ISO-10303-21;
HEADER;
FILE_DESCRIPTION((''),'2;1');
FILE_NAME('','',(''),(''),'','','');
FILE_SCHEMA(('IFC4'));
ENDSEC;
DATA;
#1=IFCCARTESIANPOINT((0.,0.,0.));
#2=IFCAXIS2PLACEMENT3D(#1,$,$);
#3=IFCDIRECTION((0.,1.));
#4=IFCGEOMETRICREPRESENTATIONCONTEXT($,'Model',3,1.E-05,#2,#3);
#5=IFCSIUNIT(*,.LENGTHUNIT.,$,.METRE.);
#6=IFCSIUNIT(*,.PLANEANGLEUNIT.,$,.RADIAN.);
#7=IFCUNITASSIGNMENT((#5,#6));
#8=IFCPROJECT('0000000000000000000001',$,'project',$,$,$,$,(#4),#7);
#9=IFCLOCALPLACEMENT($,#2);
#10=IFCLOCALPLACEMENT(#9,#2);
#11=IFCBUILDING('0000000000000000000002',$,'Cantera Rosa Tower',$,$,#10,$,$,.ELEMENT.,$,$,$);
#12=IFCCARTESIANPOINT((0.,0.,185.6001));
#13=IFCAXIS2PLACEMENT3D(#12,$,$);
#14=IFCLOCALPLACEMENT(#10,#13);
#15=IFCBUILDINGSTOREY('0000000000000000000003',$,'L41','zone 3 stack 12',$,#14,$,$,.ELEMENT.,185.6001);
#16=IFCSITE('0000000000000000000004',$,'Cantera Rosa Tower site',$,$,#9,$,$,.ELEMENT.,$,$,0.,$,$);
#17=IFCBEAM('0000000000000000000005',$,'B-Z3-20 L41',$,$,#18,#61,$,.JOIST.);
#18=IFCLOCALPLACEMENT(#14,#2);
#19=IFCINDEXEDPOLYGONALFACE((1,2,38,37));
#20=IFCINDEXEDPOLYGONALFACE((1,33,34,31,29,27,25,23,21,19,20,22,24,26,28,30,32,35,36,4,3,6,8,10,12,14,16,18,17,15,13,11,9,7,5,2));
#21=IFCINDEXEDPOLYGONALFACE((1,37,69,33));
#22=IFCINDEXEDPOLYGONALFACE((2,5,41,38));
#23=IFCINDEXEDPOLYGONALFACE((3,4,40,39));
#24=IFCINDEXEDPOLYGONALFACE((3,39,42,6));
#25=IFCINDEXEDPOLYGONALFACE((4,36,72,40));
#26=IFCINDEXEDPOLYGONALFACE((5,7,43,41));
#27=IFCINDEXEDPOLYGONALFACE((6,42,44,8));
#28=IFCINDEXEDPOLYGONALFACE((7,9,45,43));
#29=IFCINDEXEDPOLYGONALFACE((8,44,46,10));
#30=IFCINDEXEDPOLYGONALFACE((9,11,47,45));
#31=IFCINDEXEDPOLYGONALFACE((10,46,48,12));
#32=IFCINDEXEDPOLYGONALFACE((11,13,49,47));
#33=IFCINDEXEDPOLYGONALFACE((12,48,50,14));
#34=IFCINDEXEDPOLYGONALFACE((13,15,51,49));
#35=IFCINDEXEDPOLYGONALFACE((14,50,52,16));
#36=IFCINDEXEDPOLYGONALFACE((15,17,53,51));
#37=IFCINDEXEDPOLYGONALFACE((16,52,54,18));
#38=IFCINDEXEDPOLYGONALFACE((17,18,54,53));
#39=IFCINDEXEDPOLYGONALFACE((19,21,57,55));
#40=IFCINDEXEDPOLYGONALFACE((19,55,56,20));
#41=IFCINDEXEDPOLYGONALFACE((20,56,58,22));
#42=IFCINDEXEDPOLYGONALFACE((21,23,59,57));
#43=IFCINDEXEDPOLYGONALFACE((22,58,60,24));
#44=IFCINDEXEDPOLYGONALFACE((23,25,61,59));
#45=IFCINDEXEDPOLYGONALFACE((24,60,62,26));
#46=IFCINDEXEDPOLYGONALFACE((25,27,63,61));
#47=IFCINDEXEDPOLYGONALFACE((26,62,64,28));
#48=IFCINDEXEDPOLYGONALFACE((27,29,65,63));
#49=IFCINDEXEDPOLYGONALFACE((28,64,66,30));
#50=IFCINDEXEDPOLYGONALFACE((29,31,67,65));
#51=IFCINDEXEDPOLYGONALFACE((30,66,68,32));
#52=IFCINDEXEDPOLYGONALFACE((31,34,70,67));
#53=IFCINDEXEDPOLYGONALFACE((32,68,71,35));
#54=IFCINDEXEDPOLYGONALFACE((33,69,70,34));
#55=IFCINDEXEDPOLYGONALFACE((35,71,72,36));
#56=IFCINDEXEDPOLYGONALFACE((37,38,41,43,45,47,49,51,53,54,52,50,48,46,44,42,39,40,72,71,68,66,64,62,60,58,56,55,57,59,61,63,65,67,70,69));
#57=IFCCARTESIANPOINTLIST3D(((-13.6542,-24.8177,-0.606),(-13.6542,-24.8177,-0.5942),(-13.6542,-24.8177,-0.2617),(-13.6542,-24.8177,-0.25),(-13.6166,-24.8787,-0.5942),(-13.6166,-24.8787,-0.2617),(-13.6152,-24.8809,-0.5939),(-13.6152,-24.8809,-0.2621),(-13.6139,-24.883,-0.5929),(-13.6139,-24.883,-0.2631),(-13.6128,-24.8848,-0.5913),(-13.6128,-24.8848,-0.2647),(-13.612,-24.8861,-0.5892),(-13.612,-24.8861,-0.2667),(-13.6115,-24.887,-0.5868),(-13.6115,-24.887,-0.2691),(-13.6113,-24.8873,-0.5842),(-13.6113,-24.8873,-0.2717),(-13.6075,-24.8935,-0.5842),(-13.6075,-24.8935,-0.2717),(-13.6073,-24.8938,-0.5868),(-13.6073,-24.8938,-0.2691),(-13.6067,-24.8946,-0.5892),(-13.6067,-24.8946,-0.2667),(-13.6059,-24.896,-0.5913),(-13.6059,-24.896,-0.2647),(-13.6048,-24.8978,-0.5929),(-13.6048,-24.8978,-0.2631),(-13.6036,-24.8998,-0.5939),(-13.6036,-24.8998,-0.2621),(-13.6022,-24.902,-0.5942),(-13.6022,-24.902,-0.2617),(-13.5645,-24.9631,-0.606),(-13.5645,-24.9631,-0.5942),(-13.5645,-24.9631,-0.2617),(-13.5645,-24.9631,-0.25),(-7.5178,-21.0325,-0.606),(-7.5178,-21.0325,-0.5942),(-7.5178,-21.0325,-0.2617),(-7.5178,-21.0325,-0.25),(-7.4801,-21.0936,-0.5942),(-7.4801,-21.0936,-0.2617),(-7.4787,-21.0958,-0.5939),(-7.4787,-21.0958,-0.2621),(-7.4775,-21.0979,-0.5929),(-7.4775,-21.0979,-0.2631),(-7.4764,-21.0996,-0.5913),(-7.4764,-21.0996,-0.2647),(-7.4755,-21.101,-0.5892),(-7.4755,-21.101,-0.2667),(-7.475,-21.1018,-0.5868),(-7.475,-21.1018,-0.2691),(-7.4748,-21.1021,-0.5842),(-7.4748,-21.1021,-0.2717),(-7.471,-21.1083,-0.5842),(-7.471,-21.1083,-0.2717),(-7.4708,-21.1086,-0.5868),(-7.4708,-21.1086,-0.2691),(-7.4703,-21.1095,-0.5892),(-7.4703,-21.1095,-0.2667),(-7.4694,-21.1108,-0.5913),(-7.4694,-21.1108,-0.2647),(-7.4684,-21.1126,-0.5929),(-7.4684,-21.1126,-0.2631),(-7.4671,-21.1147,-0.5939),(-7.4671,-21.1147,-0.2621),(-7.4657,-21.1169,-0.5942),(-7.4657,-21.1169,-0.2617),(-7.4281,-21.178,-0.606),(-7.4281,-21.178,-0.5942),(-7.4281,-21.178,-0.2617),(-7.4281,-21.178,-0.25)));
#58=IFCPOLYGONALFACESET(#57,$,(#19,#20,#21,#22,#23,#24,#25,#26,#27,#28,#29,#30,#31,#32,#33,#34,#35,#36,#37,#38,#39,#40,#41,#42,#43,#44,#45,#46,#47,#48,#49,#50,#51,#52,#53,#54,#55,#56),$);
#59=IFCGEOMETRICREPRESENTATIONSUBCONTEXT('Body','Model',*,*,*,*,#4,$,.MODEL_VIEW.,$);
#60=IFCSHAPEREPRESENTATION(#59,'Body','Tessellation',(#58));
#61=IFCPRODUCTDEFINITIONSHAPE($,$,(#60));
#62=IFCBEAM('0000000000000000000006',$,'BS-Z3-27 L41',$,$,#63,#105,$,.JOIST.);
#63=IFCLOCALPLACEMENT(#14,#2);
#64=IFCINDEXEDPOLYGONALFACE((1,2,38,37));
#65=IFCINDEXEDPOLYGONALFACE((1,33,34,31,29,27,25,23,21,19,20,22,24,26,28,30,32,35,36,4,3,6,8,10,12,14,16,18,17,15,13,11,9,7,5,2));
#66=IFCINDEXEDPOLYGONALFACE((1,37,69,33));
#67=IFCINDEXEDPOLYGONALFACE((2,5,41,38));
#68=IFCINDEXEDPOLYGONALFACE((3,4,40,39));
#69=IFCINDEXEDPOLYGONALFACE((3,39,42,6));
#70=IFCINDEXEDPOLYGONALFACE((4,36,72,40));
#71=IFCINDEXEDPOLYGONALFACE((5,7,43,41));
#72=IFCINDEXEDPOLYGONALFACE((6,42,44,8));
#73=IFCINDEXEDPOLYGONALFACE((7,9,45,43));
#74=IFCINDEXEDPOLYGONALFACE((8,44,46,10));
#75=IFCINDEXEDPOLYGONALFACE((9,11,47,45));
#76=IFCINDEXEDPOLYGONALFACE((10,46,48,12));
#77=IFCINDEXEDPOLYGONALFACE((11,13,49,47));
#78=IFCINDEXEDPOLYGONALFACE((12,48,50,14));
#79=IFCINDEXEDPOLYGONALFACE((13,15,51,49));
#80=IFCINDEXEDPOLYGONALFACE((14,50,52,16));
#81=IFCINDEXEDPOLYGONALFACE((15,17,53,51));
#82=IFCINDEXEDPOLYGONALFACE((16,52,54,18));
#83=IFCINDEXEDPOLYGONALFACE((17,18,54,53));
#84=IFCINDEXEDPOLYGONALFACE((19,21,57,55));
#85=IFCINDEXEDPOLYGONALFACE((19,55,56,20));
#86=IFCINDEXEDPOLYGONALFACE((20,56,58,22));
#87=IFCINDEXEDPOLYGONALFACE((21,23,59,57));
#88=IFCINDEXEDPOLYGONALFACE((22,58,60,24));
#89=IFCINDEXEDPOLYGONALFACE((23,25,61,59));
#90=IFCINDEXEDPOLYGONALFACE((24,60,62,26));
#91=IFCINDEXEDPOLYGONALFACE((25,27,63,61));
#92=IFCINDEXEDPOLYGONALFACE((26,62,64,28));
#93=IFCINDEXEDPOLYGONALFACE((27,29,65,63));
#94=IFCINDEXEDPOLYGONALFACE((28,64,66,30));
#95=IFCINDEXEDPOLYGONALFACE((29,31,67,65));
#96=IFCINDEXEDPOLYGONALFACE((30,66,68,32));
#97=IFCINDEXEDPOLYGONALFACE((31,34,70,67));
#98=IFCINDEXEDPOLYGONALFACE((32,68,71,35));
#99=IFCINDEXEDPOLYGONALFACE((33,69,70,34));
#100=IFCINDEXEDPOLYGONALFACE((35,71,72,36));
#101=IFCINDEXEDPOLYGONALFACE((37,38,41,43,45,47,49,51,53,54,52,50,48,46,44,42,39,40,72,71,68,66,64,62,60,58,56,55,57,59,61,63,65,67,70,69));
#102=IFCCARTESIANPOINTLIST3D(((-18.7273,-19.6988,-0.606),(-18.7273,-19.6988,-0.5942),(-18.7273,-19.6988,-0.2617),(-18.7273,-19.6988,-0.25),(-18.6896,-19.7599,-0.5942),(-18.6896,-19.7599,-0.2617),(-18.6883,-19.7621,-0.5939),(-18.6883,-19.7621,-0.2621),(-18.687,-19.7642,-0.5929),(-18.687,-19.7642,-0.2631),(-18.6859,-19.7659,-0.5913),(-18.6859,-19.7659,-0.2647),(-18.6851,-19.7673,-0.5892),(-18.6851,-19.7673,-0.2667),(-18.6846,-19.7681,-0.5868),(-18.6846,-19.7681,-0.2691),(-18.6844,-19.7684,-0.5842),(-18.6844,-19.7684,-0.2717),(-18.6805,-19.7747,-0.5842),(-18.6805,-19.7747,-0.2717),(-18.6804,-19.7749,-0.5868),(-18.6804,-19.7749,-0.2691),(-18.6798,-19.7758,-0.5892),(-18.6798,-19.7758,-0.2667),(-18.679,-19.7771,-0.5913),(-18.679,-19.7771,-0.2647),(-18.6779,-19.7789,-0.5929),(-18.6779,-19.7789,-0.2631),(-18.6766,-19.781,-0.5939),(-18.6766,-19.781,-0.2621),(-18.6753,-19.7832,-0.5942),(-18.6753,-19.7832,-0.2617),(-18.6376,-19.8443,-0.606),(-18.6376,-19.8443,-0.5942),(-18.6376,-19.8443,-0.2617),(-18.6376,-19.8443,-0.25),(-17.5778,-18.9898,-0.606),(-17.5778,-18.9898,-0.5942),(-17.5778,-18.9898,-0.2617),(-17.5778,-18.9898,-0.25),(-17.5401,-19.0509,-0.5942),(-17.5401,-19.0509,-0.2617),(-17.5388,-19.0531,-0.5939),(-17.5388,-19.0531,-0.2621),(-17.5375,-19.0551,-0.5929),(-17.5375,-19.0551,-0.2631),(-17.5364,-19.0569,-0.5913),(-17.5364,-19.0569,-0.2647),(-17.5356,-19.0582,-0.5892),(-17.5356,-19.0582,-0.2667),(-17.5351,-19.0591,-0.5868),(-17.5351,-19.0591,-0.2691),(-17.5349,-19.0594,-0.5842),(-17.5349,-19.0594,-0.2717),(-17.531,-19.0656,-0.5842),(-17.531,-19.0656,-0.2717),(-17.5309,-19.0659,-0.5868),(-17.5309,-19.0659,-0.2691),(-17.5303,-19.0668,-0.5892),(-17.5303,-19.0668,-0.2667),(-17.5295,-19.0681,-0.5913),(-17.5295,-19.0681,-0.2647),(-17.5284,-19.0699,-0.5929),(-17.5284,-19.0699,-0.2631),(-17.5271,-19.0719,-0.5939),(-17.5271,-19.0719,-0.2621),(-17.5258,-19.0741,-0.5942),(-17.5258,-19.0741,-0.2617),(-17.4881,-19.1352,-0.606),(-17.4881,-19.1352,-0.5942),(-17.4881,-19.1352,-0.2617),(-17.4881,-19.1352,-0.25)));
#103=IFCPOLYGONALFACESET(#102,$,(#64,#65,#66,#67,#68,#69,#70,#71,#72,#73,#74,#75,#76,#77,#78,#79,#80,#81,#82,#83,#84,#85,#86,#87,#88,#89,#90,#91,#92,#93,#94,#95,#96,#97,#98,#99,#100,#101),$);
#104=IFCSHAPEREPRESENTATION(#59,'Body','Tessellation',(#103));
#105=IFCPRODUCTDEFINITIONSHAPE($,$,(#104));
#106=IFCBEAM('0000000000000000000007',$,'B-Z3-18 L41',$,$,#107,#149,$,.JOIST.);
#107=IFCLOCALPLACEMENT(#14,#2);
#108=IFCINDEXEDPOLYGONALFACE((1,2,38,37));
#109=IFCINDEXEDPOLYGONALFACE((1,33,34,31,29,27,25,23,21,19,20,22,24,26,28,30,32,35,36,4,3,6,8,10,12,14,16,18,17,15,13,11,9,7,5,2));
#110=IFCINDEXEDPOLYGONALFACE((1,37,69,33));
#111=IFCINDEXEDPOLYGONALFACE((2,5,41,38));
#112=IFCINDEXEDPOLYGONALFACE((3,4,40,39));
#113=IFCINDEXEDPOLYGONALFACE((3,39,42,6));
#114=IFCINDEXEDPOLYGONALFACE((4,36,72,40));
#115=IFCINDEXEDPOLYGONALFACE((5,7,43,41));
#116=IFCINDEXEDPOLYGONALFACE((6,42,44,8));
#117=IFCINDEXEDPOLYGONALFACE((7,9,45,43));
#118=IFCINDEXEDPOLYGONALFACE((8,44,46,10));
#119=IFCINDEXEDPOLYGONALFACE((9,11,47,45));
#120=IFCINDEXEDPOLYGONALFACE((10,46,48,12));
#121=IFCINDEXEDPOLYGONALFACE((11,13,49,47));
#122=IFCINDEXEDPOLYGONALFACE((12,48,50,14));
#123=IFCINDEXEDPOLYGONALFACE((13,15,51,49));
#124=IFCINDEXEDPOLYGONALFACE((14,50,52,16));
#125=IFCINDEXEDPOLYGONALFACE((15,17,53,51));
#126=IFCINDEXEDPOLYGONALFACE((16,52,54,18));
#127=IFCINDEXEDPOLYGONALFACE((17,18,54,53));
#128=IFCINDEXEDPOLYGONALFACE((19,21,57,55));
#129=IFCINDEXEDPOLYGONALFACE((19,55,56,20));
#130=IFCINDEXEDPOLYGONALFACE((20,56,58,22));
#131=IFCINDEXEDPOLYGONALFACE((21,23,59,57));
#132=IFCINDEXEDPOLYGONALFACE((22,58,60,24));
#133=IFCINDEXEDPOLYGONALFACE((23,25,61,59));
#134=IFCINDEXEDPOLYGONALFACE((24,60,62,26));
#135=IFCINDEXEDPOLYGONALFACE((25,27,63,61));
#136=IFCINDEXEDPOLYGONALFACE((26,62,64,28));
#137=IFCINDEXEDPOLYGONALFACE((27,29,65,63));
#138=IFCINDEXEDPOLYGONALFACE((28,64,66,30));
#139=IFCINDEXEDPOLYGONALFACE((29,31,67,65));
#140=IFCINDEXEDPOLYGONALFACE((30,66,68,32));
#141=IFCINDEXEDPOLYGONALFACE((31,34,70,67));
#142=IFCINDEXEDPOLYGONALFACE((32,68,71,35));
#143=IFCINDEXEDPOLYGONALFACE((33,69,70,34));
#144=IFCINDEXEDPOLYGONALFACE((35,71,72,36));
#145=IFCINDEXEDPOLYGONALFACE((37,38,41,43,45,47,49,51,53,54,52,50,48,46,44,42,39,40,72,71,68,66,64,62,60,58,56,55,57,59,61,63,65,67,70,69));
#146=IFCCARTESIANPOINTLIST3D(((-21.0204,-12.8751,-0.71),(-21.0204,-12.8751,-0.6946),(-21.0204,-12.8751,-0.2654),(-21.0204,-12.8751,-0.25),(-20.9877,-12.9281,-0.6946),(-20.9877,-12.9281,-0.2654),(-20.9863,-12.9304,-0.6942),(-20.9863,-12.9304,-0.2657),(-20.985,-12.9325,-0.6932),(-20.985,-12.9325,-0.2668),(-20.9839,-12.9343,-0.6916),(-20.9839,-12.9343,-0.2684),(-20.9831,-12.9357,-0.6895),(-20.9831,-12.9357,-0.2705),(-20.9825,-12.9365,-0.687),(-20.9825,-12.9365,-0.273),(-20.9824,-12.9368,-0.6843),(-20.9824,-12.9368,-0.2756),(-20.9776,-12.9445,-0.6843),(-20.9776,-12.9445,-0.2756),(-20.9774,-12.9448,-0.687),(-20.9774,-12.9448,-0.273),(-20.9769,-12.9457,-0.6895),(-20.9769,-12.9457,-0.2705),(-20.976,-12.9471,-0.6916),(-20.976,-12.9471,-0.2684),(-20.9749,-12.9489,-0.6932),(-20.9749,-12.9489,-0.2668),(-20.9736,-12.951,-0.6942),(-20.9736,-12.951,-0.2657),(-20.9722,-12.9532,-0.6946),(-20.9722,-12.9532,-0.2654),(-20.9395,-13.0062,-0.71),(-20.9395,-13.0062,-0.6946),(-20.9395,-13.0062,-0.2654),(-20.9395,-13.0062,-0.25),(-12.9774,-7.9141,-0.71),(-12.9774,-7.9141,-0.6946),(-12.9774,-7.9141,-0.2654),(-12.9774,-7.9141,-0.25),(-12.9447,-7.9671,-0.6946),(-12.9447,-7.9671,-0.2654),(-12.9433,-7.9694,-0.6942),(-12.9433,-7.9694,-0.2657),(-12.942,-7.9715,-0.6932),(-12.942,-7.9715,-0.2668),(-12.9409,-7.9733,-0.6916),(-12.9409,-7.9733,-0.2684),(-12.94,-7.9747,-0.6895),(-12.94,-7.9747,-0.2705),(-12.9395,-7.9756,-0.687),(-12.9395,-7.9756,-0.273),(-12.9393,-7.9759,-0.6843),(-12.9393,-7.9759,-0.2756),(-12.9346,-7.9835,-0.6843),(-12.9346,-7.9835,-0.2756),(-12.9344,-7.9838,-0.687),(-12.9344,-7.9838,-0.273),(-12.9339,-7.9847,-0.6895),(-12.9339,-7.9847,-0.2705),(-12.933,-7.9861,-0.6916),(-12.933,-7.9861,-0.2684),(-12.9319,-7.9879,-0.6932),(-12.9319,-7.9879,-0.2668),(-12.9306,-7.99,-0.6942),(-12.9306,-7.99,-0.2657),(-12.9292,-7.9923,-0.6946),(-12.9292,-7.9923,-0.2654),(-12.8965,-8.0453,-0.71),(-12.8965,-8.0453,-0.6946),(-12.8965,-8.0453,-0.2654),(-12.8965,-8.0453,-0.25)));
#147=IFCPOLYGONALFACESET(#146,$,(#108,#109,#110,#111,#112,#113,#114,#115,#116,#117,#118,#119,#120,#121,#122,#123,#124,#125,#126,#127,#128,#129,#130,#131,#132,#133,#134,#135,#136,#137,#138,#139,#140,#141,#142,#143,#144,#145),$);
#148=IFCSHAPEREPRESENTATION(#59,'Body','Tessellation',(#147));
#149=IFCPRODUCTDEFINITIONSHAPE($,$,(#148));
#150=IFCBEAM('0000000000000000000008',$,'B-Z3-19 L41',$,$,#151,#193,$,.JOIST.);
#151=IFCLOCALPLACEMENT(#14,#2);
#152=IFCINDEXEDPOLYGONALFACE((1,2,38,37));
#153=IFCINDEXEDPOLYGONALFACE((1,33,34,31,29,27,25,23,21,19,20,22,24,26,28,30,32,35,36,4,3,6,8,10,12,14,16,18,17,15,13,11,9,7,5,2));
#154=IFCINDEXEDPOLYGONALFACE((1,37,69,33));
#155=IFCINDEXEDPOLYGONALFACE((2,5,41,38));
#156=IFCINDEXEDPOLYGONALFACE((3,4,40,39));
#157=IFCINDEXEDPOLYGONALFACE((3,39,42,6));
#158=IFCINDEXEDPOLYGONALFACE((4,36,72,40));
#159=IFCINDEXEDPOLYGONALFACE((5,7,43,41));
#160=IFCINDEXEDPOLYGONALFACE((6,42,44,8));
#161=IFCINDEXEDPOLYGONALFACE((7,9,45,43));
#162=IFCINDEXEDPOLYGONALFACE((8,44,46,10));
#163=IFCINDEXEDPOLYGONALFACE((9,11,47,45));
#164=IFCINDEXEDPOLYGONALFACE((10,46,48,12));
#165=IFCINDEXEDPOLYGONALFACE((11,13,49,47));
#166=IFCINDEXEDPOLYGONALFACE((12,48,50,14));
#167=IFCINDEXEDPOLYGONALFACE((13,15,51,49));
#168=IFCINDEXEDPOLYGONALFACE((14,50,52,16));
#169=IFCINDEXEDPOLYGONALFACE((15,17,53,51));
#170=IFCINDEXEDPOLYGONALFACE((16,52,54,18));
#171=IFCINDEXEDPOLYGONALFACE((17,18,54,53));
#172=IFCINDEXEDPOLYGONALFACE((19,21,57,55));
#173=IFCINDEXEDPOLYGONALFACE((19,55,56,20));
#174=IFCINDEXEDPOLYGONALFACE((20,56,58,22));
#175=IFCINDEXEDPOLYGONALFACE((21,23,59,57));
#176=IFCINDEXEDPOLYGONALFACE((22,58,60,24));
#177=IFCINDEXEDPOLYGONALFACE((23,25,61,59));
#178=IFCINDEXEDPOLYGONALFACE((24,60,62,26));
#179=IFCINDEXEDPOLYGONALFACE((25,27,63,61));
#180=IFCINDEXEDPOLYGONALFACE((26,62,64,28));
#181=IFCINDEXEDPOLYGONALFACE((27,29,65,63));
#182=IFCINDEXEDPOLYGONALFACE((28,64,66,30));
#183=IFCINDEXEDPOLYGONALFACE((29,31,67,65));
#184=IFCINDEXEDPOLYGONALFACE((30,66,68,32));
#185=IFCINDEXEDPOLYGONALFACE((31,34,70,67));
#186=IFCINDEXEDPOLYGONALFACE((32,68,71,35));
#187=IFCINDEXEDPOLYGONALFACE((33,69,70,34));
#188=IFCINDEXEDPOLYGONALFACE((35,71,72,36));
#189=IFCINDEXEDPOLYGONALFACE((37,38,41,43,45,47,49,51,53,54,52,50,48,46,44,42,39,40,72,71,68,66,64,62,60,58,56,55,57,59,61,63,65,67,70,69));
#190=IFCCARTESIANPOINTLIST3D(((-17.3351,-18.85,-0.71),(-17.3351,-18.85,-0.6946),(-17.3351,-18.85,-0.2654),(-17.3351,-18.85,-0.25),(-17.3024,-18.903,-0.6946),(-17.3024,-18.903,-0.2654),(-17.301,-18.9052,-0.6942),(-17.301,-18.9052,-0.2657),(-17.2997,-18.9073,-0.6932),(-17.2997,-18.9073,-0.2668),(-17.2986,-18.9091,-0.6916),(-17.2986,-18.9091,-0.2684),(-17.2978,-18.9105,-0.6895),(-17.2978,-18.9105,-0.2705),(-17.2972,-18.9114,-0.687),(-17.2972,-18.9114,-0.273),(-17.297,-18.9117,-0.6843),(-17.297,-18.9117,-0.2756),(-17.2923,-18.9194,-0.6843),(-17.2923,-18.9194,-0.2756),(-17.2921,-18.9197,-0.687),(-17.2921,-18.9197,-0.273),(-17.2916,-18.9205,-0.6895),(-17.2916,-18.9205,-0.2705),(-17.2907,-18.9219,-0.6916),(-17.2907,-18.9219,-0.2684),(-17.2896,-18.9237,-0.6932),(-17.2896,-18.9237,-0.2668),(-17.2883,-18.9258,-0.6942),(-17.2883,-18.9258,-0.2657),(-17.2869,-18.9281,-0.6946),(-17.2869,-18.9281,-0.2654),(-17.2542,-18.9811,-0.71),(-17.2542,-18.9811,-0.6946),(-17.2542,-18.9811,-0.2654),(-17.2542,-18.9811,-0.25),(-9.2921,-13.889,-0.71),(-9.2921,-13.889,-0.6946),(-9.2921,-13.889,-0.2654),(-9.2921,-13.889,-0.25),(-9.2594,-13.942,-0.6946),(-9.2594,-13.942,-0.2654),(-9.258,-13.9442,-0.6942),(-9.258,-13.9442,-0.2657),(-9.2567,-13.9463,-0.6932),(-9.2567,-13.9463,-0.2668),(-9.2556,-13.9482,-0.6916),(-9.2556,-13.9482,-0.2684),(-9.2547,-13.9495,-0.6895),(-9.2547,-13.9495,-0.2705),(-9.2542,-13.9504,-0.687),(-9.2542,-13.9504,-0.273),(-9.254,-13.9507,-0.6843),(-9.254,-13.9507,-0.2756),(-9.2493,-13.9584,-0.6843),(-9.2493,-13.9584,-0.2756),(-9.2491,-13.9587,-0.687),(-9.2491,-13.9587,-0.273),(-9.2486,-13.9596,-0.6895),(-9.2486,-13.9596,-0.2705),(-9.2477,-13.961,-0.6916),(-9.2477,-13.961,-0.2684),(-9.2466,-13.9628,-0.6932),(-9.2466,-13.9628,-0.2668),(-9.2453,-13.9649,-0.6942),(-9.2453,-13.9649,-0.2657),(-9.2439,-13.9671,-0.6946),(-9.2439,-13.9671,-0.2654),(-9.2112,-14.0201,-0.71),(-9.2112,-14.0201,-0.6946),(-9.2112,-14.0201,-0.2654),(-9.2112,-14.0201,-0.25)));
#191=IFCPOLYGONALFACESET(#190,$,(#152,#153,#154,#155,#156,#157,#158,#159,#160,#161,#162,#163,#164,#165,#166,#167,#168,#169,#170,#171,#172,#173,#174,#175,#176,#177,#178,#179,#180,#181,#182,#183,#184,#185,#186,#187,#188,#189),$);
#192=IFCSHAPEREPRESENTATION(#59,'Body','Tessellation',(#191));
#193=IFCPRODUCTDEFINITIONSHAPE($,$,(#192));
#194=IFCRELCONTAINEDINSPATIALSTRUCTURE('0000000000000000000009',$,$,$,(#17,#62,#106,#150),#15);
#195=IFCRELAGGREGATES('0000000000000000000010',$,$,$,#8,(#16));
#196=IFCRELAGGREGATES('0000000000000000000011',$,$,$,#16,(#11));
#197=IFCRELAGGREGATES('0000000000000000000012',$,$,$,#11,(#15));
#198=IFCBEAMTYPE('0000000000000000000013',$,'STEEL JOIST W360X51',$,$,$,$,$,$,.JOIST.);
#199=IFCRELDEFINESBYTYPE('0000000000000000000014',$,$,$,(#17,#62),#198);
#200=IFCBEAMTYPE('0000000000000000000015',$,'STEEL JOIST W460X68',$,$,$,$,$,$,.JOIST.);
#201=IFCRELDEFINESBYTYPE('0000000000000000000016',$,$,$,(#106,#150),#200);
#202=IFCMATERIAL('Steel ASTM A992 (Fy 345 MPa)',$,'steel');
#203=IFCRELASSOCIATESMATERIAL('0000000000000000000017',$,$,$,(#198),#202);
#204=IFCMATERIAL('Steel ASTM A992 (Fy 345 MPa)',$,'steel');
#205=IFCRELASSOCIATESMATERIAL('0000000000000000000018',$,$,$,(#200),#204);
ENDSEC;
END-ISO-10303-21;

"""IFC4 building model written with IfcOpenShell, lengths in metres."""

from ifc_helpers import new_model, si_unit, direction, frame, origin, origin_2d, place, context, subcontext, project, spatial, i_section, extrude, material, material_profile, profile_set, type_object, element, save


model = new_model("IFC4")

# Units and contexts
model_context = context("Model", 3, precision=1e-05, world=origin(), true_north=direction((0.0, 1.0)))
body_context = subcontext(model_context, "Body", "Model", "MODEL_VIEW")
ifc_project = project(units=[si_unit("LENGTHUNIT", "METRE"), si_unit("PLANEANGLEUNIT", "RADIAN")], contexts=[model_context])

# Site, building, storey
site_placement = place(None, origin())
site = spatial("IfcSite", under=ifc_project, at=site_placement, Name="Cantera Rosa Tower site", CompositionType="ELEMENT", RefElevation=0.0)
building_placement = place(site_placement, origin())
building = spatial("IfcBuilding", under=site, at=building_placement, Name="Cantera Rosa Tower", CompositionType="ELEMENT")
storey_placement = place(building_placement, frame((0.0, 0.0, 185.6001)))
storey = spatial("IfcBuildingStorey", under=building, at=storey_placement, Name="L41", Description="zone 3 stack 12", CompositionType="ELEMENT", Elevation=185.6001)

# Beams
ifc_material_1 = material(Name="Steel ASTM A992 (Fy 345 MPa)", Category="steel")
ifc_material_profile_1 = material_profile(ifc_material_1, i_section(OverallWidth=0.1709, OverallDepth=0.356, WebThickness=0.0073, FlangeThickness=0.0117, FilletRadius=0.01, at=origin_2d()), Name="W360X51")
ifc_profile_set_1 = profile_set([ifc_material_profile_1], Name="Steel ASTM A992 (Fy 345 MPa)")
beam_type_1 = type_object("IfcBeamType", Name="STEEL JOIST W360X51", PredefinedType="JOIST", material=ifc_profile_set_1)
beam_1_placement = place(storey_placement, frame((-13.6094, -24.8904, -0.428), z_axis=(0.851109, 0.524989, 0.0), x_axis=(-0.524989, 0.851109, 0.0)))
element("IfcBeam", 1, at=beam_1_placement, inside=storey, type_object=beam_type_1, Name="B-Z3-20 L41", PredefinedType="JOIST", context=body_context, shape_type="SweptSolid", body=[
    extrude(i_section(OverallWidth=0.1709, OverallDepth=0.356, WebThickness=0.0073, FlangeThickness=0.0117, FilletRadius=0.01, at=origin_2d()), origin(), (0.0, 0.0, 1.0), 7.21),
])
beam_2_placement = place(storey_placement, frame((-17.533, -19.0625, -0.428), z_axis=(-0.851112, -0.524985, 0.0), x_axis=(0.524985, -0.851112, 0.0)))
element("IfcBeam", 2, at=beam_2_placement, inside=storey, type_object=beam_type_1, Name="BS-Z3-27 L41", PredefinedType="JOIST", context=body_context, shape_type="SweptSolid", body=[
    extrude(i_section(OverallWidth=0.1709, OverallDepth=0.356, WebThickness=0.0073, FlangeThickness=0.0117, FilletRadius=0.01, at=origin_2d()), origin(), (0.0, 0.0, 1.0), 1.3506),
])
ifc_material_2 = material(Name="Steel ASTM A992 (Fy 345 MPa)", Category="steel")
ifc_material_profile_2 = material_profile(ifc_material_2, i_section(OverallWidth=0.1541, OverallDepth=0.46, WebThickness=0.009, FlangeThickness=0.0154, FilletRadius=0.0103, at=origin_2d()), Name="W460X68")
ifc_profile_set_2 = profile_set([ifc_material_profile_2], Name="Steel ASTM A992 (Fy 345 MPa)")
beam_type_2 = type_object("IfcBeamType", Name="STEEL JOIST W460X68", PredefinedType="JOIST", material=ifc_profile_set_2)
for number, where, z_axis, x_axis, name in (
    (3, (-20.98, -12.9407, -0.48), (0.851119, 0.524974, 0.0), (-0.524974, 0.851119, 0.0), "B-Z3-18 L41"),
    (4, (-17.2947, -18.9155, -0.48), (0.851119, 0.524974, 0.0), (-0.524974, 0.851119, 0.0), "B-Z3-19 L41"),
):
    element("IfcBeam", number, at=place(storey_placement, frame(where, z_axis=z_axis, x_axis=x_axis)), inside=storey, type_object=beam_type_2, Name=name, PredefinedType="JOIST", context=body_context, shape_type="SweptSolid", body=[
        extrude(i_section(OverallWidth=0.1541, OverallDepth=0.46, WebThickness=0.009, FlangeThickness=0.0154, FilletRadius=0.0103, at=origin_2d()), origin(), (0.0, 0.0, 1.0), 9.45),
    ])

save(model, "model.ifc")
